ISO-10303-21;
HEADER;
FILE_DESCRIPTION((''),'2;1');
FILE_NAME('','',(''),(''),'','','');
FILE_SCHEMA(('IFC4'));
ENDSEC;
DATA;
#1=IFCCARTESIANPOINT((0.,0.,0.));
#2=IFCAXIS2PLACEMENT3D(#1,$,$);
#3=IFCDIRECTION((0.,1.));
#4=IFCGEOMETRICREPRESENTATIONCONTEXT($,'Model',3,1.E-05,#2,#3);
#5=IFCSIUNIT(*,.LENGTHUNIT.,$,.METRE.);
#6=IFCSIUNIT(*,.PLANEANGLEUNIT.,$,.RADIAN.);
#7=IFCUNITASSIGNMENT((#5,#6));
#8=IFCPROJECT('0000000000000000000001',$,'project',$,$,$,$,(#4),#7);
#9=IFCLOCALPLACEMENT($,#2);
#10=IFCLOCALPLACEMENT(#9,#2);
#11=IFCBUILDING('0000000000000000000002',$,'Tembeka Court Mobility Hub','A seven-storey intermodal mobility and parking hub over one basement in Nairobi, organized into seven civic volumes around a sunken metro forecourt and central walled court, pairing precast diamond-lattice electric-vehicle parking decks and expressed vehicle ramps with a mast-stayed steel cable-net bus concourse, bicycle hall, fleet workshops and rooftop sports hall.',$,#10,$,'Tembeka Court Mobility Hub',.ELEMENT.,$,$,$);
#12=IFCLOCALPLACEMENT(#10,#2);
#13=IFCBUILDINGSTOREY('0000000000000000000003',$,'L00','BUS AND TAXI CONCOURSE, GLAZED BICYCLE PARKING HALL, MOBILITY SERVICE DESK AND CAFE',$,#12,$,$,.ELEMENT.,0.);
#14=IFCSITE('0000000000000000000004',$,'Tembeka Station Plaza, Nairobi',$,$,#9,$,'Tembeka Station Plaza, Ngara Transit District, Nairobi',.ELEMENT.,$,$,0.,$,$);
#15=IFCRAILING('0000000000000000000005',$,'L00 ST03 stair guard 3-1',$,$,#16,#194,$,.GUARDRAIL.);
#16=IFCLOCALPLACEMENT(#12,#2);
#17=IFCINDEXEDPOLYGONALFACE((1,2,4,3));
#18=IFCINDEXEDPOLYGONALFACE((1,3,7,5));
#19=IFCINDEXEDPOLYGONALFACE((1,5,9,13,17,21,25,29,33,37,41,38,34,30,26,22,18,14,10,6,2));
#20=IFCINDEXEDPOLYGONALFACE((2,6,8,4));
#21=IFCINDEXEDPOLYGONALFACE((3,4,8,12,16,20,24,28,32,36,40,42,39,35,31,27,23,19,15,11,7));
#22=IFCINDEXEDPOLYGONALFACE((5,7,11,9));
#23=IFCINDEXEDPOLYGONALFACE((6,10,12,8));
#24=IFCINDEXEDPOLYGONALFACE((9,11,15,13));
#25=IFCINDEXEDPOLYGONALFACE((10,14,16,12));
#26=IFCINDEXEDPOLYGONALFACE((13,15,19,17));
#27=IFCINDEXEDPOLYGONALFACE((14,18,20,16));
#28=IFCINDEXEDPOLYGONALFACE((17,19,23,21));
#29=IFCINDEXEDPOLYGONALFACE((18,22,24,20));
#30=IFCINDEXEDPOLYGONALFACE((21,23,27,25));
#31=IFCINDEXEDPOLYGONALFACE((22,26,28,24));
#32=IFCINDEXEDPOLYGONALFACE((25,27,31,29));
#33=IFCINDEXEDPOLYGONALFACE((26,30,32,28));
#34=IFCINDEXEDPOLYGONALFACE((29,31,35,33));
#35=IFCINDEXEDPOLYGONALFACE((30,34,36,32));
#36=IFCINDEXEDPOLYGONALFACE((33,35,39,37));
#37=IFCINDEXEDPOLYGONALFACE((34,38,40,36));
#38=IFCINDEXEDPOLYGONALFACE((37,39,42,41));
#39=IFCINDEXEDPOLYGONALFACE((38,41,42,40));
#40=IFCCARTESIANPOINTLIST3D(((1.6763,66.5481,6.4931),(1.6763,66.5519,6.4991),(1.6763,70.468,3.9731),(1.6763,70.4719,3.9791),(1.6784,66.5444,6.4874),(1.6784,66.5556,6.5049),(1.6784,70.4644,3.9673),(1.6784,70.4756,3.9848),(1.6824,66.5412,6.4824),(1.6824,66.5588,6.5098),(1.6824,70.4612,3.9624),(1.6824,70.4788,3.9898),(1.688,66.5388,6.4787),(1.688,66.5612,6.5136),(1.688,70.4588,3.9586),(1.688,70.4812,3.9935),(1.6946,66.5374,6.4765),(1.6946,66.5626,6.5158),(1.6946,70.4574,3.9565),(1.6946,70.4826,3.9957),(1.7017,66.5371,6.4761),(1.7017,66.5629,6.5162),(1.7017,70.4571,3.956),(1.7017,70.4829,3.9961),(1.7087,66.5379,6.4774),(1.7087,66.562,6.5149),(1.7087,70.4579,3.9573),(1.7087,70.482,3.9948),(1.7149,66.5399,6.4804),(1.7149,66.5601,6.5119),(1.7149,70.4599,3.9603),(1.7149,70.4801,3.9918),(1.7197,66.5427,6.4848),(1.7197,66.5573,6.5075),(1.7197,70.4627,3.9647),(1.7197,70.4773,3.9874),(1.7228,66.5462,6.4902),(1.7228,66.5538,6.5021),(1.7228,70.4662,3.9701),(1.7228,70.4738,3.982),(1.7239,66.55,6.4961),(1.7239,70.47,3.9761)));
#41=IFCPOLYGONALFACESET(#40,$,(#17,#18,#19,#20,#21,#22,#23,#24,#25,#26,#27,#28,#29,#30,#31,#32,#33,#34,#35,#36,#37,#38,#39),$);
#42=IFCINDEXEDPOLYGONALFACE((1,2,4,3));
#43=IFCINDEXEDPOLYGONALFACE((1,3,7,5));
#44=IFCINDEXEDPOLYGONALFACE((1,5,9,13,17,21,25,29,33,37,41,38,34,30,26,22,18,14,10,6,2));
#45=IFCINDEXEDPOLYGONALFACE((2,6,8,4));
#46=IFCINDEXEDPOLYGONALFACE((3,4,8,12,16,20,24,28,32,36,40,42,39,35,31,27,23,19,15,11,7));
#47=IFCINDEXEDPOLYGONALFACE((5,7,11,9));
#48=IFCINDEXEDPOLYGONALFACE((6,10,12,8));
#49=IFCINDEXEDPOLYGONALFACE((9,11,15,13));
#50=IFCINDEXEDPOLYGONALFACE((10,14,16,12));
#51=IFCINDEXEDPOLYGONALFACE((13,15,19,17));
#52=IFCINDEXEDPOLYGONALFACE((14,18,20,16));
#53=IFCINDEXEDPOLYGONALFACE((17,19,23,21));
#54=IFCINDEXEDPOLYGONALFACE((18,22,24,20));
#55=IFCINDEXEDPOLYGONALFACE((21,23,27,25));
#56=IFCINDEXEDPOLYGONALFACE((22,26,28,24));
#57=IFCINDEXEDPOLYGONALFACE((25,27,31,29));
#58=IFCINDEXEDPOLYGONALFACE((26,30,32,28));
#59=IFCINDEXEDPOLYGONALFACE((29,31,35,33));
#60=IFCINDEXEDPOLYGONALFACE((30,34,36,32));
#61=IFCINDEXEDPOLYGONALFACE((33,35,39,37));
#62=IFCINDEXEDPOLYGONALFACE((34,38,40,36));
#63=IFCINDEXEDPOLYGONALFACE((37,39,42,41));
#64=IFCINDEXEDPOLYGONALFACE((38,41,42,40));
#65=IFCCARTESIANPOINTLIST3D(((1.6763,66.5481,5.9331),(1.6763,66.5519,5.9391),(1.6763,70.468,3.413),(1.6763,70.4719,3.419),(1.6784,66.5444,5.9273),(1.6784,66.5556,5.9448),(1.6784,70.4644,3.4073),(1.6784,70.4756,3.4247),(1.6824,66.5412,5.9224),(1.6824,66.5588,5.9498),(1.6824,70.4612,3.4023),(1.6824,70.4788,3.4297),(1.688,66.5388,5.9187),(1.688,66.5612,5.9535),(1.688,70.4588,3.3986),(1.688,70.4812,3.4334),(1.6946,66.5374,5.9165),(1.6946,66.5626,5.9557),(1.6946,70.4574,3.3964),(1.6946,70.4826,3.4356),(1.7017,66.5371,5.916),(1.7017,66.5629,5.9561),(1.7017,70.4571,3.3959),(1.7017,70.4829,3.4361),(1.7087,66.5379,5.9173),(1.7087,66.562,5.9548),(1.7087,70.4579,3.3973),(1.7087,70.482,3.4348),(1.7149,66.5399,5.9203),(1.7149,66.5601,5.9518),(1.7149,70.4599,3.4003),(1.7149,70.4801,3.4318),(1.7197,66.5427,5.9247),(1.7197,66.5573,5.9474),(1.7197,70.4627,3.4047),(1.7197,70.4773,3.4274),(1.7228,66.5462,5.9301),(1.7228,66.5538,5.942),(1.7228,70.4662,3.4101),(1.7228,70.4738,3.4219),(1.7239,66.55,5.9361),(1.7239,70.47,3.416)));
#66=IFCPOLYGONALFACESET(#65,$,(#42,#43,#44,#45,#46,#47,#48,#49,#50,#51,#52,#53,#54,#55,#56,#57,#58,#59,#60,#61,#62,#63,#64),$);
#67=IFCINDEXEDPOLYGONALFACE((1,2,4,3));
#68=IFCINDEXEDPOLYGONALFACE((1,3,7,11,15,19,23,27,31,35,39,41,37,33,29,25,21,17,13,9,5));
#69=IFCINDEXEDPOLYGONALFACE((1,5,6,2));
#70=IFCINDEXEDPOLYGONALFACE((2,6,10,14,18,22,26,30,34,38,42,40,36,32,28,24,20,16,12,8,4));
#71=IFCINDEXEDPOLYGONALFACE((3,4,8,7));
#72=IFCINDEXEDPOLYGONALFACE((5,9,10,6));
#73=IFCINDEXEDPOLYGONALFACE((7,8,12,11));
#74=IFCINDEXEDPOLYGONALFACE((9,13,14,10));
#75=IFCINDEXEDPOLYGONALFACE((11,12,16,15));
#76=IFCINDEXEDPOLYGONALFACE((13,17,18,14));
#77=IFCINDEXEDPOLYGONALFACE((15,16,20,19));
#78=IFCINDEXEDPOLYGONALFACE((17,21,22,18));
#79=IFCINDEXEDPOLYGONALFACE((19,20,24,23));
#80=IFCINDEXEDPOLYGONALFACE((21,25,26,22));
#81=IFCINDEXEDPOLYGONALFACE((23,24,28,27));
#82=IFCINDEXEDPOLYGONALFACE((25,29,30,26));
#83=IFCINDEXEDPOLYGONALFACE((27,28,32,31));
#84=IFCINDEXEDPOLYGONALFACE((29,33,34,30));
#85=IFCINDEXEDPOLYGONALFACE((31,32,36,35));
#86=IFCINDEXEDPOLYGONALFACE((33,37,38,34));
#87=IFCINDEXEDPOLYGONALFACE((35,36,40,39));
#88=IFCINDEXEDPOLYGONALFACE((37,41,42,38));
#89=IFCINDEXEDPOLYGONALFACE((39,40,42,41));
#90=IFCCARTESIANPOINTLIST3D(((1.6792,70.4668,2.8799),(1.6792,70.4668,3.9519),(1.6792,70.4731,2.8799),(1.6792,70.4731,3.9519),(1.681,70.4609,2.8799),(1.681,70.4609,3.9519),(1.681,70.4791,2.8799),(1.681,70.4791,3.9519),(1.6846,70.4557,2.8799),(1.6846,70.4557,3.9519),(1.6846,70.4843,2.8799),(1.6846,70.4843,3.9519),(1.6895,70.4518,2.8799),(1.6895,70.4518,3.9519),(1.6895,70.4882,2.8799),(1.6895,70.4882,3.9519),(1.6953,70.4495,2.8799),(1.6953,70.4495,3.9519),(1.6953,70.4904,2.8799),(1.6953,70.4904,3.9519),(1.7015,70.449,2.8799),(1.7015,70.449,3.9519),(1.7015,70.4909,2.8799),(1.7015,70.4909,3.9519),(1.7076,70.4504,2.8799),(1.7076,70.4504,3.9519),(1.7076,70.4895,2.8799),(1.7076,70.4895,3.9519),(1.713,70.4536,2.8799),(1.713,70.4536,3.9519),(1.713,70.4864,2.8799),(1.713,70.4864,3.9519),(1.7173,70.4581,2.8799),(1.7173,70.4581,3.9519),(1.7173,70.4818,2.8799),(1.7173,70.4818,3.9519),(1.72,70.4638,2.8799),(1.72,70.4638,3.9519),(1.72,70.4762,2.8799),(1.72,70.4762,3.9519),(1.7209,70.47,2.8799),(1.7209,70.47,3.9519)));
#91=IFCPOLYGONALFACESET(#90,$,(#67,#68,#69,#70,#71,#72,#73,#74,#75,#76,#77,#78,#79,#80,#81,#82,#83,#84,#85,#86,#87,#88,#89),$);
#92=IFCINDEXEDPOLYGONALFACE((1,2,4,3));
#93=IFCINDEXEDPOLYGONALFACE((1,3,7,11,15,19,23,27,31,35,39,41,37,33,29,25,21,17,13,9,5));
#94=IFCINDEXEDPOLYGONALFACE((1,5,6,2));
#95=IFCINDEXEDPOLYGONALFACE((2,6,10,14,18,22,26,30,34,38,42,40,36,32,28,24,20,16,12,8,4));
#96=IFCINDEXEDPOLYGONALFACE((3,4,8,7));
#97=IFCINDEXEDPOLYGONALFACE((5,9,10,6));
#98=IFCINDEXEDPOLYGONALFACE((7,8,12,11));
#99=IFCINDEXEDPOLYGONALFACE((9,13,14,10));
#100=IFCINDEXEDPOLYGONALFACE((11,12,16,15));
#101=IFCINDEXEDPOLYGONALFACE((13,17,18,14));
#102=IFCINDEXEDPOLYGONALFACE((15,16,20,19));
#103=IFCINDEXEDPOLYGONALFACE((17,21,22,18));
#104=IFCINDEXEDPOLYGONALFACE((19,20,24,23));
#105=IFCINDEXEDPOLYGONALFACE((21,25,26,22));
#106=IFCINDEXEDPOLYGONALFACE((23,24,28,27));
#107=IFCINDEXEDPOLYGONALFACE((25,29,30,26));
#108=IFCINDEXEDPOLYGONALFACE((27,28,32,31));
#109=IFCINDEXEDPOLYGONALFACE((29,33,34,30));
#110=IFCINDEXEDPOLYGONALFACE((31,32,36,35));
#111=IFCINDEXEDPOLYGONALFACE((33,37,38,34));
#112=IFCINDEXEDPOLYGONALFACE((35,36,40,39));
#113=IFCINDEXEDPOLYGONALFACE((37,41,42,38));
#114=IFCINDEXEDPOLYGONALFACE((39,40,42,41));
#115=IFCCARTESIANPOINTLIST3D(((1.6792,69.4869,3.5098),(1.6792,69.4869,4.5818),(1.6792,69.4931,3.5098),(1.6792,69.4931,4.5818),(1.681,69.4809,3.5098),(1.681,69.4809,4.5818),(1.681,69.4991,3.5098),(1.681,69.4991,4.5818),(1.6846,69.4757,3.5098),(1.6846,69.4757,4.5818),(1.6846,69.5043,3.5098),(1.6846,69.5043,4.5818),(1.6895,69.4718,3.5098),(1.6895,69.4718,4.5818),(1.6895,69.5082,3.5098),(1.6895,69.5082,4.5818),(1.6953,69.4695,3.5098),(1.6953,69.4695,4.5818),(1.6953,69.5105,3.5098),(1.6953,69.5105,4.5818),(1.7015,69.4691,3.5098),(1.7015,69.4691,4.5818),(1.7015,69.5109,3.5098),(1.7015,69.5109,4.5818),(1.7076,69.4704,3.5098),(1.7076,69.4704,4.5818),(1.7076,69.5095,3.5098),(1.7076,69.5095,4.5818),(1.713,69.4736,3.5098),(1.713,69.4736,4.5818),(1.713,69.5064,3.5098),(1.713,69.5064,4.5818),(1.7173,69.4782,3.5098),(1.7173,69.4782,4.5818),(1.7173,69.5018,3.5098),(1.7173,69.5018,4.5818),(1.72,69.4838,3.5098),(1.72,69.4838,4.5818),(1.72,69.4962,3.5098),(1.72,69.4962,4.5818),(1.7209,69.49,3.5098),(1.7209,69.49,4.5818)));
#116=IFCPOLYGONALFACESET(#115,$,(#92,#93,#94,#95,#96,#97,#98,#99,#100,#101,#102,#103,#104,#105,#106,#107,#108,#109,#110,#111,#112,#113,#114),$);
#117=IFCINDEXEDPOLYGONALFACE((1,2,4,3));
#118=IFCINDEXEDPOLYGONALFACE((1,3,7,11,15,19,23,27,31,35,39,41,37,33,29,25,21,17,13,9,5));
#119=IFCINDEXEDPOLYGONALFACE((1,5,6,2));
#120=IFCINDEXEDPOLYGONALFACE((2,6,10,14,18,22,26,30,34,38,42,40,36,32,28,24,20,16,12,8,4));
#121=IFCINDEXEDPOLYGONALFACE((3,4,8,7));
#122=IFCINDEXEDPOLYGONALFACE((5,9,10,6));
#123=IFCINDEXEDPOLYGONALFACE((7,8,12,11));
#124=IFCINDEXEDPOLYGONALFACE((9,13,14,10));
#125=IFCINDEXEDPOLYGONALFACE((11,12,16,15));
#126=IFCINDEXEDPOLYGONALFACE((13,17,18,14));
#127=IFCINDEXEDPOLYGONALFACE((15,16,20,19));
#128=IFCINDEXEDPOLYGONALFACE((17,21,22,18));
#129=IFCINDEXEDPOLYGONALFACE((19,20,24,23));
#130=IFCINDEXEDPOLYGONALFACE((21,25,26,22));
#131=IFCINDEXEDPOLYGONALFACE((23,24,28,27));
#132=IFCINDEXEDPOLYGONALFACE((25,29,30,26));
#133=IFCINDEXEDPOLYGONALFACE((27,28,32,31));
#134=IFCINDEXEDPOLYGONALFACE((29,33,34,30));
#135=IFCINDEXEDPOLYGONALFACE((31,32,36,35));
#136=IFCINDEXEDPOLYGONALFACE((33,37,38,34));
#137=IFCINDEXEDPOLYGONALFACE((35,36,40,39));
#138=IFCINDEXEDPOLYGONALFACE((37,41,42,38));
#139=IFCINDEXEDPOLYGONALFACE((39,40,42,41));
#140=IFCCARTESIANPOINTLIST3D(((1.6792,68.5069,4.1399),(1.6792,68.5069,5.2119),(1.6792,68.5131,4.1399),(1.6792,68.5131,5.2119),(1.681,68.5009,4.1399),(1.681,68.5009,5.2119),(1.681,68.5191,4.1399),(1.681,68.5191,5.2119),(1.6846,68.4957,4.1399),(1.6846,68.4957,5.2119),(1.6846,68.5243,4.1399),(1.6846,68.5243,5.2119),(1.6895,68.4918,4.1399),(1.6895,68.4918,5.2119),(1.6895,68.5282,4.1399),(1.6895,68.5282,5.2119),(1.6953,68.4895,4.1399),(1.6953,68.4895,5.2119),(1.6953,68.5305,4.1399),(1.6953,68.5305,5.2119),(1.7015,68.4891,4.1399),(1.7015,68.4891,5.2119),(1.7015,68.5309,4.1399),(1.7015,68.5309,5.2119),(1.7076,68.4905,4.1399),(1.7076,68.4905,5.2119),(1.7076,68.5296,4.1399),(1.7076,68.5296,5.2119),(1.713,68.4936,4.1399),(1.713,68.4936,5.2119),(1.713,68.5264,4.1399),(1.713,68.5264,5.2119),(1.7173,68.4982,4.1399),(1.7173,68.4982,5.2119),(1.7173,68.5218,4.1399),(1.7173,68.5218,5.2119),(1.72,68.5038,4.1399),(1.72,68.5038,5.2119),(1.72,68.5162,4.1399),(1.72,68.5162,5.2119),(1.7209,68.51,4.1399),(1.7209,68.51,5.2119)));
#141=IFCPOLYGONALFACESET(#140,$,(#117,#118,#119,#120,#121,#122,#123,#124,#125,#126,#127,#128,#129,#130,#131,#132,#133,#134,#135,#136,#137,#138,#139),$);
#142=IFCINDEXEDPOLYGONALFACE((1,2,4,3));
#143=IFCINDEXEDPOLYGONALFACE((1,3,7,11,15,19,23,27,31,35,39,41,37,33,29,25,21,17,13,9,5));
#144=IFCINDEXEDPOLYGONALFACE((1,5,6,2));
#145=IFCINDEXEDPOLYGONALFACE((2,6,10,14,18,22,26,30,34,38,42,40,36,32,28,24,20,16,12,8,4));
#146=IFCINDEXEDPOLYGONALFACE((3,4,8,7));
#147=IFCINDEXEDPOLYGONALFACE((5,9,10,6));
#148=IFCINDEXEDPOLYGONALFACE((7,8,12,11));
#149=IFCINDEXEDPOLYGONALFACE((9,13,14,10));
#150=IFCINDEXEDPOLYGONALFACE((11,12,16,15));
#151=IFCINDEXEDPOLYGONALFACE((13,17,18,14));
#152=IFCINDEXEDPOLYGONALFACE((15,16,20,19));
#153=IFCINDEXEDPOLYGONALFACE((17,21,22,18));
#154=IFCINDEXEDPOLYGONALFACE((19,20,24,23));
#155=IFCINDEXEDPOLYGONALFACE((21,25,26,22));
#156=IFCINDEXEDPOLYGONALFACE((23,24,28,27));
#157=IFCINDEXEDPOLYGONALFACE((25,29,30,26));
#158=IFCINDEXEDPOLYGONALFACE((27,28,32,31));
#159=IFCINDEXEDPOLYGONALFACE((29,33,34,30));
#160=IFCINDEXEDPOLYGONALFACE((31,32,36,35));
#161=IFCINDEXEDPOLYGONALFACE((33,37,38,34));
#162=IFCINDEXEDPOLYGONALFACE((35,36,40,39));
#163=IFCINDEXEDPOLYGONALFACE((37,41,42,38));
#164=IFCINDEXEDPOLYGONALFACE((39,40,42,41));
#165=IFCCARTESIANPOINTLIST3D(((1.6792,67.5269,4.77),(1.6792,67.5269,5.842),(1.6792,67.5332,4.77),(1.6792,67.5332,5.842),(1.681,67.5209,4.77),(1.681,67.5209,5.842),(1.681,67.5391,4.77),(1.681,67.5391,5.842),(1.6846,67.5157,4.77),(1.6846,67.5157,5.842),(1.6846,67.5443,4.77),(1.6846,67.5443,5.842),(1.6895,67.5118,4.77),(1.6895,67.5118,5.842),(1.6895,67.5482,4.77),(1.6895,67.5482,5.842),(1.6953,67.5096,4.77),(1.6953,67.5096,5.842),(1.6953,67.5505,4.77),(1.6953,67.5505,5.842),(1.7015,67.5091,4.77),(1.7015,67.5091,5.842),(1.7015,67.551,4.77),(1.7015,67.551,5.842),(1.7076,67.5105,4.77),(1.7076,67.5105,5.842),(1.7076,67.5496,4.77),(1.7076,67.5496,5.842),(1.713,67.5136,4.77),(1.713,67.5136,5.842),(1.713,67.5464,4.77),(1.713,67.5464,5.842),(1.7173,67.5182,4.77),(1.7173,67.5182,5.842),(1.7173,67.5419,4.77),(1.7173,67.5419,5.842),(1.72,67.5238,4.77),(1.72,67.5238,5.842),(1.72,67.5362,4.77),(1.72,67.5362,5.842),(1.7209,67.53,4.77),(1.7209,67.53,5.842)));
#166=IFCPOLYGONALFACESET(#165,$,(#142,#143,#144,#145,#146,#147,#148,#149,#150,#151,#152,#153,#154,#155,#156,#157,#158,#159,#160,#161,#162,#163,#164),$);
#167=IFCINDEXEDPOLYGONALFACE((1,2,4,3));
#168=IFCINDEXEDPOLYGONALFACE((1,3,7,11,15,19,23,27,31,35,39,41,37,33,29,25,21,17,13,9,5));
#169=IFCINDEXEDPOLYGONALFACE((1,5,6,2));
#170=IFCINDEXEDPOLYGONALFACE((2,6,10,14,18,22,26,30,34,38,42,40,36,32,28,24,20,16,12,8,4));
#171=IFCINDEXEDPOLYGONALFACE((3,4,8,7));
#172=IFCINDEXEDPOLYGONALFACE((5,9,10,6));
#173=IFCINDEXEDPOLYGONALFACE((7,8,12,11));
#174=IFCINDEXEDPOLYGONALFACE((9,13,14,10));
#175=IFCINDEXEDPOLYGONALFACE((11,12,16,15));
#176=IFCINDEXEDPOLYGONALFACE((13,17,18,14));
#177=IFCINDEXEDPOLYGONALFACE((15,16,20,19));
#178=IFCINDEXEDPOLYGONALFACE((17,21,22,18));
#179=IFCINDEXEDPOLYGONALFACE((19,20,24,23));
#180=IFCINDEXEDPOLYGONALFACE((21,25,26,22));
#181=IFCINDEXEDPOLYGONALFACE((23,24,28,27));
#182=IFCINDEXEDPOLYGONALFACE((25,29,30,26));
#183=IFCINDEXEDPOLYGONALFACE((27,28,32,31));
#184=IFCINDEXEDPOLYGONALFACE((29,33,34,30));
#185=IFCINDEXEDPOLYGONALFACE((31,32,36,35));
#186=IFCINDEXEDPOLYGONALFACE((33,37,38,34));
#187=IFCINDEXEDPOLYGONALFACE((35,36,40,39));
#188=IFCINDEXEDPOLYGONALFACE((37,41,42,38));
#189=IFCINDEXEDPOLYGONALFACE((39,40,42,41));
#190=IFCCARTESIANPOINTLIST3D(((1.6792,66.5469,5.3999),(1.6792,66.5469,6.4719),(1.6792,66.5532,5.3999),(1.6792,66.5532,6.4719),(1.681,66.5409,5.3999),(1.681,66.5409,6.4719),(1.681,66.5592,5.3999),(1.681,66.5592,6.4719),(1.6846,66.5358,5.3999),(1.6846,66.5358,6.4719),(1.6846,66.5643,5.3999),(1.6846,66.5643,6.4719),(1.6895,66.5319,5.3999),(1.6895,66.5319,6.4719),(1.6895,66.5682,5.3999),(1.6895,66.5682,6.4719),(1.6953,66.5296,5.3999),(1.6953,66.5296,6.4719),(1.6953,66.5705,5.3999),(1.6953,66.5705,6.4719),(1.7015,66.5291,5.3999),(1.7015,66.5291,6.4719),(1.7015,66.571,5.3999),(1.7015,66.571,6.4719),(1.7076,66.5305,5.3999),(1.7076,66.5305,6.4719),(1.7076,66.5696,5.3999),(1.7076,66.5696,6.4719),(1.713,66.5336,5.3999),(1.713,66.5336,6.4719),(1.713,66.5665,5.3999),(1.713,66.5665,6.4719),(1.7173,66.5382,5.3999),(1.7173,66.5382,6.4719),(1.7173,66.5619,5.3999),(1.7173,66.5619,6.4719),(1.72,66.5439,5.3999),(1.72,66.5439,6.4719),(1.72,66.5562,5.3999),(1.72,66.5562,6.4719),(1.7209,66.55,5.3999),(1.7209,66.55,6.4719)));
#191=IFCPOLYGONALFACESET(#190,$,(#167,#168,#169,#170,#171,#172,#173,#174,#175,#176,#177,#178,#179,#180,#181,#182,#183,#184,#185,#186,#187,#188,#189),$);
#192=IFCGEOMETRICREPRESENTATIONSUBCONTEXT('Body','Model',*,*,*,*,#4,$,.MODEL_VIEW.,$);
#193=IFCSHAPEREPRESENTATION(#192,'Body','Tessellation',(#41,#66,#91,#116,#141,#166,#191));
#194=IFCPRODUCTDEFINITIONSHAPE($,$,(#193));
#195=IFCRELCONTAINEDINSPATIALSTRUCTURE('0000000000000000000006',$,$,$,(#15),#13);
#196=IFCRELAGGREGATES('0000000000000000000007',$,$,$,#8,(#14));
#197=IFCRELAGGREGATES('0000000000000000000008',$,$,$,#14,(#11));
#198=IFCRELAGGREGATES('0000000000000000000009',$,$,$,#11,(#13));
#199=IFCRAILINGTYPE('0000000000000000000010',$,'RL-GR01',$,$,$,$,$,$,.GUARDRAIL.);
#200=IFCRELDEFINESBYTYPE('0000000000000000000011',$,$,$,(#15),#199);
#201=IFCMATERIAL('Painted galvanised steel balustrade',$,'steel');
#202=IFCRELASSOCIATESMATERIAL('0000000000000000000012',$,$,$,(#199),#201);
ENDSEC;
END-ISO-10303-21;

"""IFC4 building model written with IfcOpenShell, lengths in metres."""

from ifc_helpers import new_model, si_unit, direction, frame, origin, origin_2d, place, context, subcontext, project, spatial, circle, extrude, material, type_object, element, save


model = new_model("IFC4")

# Units and contexts
model_context = context("Model", 3, precision=1e-05, world=origin(), true_north=direction((0.0, 1.0)))
body_context = subcontext(model_context, "Body", "Model", "MODEL_VIEW")
ifc_project = project(units=[si_unit("LENGTHUNIT", "METRE"), si_unit("PLANEANGLEUNIT", "RADIAN")], contexts=[model_context])

# Site, building, storey
site_placement = place(None, origin())
site = spatial("IfcSite", under=ifc_project, at=site_placement, Name="Tembeka Station Plaza, Nairobi", LongName="Tembeka Station Plaza, Ngara Transit District, Nairobi", CompositionType="ELEMENT", RefElevation=0.0)
building_placement = place(site_placement, origin())
building = spatial("IfcBuilding", under=site, at=building_placement, Name="Tembeka Court Mobility Hub", Description="A seven-storey intermodal mobility and parking hub over one basement in Nairobi, organized into seven civic volumes around a sunken metro forecourt and central walled court, pairing precast diamond-lattice electric-vehicle parking decks and expressed vehicle ramps with a mast-stayed steel cable-net bus concourse, bicycle hall, fleet workshops and rooftop sports hall.", LongName="Tembeka Court Mobility Hub", CompositionType="ELEMENT")
storey_placement = place(building_placement, origin())
storey = spatial("IfcBuildingStorey", under=building, at=storey_placement, Name="L00", Description="BUS AND TAXI CONCOURSE, GLAZED BICYCLE PARKING HALL, MOBILITY SERVICE DESK AND CAFE", CompositionType="ELEMENT", Elevation=0.0)

# Railing
ifc_material_1 = material(Name="Painted galvanised steel balustrade", Category="steel")
railing_type_1 = type_object("IfcRailingType", Name="RL-GR01", PredefinedType="GUARDRAIL", material=ifc_material_1)
railing_1_placement = place(storey_placement, frame((1.7, 70.47, 2.8799)))
element("IfcRailing", 1, at=railing_1_placement, inside=storey, type_object=railing_type_1, Name="L00 ST03 stair guard 3-1", PredefinedType="GUARDRAIL", context=body_context, shape_type="SweptSolid", body=[
    extrude(circle(Radius=0.0239, at=origin_2d()), frame((0.0, 0.0, 1.0962), z_axis=(0.0, -0.841172, 0.540768), x_axis=(1.0, 0.0, 0.0)), (0.0, 0.0, 1.0), 4.6602),
    extrude(circle(Radius=0.0239, at=origin_2d()), frame((0.0, 0.0, 0.5361), z_axis=(0.0, -0.841172, 0.540768), x_axis=(1.0, 0.0, 0.0)), (0.0, 0.0, 1.0), 4.6602),
    extrude(circle(Radius=0.021, at=origin_2d()), origin(), (0.0, 0.0, 1.0), 1.072),
    extrude(circle(Radius=0.021, at=origin_2d()), frame((0.0, -0.98, 0.6299)), (0.0, 0.0, 1.0), 1.072),
    extrude(circle(Radius=0.021, at=origin_2d()), frame((0.0, -1.96, 1.26)), (0.0, 0.0, 1.0), 1.072),
    extrude(circle(Radius=0.021, at=origin_2d()), frame((0.0, -2.9399, 1.8901)), (0.0, 0.0, 1.0), 1.072),
    extrude(circle(Radius=0.021, at=origin_2d()), frame((0.0, -3.9199, 2.52)), (0.0, 0.0, 1.0), 1.072),
])

save(model, "model.ifc")
